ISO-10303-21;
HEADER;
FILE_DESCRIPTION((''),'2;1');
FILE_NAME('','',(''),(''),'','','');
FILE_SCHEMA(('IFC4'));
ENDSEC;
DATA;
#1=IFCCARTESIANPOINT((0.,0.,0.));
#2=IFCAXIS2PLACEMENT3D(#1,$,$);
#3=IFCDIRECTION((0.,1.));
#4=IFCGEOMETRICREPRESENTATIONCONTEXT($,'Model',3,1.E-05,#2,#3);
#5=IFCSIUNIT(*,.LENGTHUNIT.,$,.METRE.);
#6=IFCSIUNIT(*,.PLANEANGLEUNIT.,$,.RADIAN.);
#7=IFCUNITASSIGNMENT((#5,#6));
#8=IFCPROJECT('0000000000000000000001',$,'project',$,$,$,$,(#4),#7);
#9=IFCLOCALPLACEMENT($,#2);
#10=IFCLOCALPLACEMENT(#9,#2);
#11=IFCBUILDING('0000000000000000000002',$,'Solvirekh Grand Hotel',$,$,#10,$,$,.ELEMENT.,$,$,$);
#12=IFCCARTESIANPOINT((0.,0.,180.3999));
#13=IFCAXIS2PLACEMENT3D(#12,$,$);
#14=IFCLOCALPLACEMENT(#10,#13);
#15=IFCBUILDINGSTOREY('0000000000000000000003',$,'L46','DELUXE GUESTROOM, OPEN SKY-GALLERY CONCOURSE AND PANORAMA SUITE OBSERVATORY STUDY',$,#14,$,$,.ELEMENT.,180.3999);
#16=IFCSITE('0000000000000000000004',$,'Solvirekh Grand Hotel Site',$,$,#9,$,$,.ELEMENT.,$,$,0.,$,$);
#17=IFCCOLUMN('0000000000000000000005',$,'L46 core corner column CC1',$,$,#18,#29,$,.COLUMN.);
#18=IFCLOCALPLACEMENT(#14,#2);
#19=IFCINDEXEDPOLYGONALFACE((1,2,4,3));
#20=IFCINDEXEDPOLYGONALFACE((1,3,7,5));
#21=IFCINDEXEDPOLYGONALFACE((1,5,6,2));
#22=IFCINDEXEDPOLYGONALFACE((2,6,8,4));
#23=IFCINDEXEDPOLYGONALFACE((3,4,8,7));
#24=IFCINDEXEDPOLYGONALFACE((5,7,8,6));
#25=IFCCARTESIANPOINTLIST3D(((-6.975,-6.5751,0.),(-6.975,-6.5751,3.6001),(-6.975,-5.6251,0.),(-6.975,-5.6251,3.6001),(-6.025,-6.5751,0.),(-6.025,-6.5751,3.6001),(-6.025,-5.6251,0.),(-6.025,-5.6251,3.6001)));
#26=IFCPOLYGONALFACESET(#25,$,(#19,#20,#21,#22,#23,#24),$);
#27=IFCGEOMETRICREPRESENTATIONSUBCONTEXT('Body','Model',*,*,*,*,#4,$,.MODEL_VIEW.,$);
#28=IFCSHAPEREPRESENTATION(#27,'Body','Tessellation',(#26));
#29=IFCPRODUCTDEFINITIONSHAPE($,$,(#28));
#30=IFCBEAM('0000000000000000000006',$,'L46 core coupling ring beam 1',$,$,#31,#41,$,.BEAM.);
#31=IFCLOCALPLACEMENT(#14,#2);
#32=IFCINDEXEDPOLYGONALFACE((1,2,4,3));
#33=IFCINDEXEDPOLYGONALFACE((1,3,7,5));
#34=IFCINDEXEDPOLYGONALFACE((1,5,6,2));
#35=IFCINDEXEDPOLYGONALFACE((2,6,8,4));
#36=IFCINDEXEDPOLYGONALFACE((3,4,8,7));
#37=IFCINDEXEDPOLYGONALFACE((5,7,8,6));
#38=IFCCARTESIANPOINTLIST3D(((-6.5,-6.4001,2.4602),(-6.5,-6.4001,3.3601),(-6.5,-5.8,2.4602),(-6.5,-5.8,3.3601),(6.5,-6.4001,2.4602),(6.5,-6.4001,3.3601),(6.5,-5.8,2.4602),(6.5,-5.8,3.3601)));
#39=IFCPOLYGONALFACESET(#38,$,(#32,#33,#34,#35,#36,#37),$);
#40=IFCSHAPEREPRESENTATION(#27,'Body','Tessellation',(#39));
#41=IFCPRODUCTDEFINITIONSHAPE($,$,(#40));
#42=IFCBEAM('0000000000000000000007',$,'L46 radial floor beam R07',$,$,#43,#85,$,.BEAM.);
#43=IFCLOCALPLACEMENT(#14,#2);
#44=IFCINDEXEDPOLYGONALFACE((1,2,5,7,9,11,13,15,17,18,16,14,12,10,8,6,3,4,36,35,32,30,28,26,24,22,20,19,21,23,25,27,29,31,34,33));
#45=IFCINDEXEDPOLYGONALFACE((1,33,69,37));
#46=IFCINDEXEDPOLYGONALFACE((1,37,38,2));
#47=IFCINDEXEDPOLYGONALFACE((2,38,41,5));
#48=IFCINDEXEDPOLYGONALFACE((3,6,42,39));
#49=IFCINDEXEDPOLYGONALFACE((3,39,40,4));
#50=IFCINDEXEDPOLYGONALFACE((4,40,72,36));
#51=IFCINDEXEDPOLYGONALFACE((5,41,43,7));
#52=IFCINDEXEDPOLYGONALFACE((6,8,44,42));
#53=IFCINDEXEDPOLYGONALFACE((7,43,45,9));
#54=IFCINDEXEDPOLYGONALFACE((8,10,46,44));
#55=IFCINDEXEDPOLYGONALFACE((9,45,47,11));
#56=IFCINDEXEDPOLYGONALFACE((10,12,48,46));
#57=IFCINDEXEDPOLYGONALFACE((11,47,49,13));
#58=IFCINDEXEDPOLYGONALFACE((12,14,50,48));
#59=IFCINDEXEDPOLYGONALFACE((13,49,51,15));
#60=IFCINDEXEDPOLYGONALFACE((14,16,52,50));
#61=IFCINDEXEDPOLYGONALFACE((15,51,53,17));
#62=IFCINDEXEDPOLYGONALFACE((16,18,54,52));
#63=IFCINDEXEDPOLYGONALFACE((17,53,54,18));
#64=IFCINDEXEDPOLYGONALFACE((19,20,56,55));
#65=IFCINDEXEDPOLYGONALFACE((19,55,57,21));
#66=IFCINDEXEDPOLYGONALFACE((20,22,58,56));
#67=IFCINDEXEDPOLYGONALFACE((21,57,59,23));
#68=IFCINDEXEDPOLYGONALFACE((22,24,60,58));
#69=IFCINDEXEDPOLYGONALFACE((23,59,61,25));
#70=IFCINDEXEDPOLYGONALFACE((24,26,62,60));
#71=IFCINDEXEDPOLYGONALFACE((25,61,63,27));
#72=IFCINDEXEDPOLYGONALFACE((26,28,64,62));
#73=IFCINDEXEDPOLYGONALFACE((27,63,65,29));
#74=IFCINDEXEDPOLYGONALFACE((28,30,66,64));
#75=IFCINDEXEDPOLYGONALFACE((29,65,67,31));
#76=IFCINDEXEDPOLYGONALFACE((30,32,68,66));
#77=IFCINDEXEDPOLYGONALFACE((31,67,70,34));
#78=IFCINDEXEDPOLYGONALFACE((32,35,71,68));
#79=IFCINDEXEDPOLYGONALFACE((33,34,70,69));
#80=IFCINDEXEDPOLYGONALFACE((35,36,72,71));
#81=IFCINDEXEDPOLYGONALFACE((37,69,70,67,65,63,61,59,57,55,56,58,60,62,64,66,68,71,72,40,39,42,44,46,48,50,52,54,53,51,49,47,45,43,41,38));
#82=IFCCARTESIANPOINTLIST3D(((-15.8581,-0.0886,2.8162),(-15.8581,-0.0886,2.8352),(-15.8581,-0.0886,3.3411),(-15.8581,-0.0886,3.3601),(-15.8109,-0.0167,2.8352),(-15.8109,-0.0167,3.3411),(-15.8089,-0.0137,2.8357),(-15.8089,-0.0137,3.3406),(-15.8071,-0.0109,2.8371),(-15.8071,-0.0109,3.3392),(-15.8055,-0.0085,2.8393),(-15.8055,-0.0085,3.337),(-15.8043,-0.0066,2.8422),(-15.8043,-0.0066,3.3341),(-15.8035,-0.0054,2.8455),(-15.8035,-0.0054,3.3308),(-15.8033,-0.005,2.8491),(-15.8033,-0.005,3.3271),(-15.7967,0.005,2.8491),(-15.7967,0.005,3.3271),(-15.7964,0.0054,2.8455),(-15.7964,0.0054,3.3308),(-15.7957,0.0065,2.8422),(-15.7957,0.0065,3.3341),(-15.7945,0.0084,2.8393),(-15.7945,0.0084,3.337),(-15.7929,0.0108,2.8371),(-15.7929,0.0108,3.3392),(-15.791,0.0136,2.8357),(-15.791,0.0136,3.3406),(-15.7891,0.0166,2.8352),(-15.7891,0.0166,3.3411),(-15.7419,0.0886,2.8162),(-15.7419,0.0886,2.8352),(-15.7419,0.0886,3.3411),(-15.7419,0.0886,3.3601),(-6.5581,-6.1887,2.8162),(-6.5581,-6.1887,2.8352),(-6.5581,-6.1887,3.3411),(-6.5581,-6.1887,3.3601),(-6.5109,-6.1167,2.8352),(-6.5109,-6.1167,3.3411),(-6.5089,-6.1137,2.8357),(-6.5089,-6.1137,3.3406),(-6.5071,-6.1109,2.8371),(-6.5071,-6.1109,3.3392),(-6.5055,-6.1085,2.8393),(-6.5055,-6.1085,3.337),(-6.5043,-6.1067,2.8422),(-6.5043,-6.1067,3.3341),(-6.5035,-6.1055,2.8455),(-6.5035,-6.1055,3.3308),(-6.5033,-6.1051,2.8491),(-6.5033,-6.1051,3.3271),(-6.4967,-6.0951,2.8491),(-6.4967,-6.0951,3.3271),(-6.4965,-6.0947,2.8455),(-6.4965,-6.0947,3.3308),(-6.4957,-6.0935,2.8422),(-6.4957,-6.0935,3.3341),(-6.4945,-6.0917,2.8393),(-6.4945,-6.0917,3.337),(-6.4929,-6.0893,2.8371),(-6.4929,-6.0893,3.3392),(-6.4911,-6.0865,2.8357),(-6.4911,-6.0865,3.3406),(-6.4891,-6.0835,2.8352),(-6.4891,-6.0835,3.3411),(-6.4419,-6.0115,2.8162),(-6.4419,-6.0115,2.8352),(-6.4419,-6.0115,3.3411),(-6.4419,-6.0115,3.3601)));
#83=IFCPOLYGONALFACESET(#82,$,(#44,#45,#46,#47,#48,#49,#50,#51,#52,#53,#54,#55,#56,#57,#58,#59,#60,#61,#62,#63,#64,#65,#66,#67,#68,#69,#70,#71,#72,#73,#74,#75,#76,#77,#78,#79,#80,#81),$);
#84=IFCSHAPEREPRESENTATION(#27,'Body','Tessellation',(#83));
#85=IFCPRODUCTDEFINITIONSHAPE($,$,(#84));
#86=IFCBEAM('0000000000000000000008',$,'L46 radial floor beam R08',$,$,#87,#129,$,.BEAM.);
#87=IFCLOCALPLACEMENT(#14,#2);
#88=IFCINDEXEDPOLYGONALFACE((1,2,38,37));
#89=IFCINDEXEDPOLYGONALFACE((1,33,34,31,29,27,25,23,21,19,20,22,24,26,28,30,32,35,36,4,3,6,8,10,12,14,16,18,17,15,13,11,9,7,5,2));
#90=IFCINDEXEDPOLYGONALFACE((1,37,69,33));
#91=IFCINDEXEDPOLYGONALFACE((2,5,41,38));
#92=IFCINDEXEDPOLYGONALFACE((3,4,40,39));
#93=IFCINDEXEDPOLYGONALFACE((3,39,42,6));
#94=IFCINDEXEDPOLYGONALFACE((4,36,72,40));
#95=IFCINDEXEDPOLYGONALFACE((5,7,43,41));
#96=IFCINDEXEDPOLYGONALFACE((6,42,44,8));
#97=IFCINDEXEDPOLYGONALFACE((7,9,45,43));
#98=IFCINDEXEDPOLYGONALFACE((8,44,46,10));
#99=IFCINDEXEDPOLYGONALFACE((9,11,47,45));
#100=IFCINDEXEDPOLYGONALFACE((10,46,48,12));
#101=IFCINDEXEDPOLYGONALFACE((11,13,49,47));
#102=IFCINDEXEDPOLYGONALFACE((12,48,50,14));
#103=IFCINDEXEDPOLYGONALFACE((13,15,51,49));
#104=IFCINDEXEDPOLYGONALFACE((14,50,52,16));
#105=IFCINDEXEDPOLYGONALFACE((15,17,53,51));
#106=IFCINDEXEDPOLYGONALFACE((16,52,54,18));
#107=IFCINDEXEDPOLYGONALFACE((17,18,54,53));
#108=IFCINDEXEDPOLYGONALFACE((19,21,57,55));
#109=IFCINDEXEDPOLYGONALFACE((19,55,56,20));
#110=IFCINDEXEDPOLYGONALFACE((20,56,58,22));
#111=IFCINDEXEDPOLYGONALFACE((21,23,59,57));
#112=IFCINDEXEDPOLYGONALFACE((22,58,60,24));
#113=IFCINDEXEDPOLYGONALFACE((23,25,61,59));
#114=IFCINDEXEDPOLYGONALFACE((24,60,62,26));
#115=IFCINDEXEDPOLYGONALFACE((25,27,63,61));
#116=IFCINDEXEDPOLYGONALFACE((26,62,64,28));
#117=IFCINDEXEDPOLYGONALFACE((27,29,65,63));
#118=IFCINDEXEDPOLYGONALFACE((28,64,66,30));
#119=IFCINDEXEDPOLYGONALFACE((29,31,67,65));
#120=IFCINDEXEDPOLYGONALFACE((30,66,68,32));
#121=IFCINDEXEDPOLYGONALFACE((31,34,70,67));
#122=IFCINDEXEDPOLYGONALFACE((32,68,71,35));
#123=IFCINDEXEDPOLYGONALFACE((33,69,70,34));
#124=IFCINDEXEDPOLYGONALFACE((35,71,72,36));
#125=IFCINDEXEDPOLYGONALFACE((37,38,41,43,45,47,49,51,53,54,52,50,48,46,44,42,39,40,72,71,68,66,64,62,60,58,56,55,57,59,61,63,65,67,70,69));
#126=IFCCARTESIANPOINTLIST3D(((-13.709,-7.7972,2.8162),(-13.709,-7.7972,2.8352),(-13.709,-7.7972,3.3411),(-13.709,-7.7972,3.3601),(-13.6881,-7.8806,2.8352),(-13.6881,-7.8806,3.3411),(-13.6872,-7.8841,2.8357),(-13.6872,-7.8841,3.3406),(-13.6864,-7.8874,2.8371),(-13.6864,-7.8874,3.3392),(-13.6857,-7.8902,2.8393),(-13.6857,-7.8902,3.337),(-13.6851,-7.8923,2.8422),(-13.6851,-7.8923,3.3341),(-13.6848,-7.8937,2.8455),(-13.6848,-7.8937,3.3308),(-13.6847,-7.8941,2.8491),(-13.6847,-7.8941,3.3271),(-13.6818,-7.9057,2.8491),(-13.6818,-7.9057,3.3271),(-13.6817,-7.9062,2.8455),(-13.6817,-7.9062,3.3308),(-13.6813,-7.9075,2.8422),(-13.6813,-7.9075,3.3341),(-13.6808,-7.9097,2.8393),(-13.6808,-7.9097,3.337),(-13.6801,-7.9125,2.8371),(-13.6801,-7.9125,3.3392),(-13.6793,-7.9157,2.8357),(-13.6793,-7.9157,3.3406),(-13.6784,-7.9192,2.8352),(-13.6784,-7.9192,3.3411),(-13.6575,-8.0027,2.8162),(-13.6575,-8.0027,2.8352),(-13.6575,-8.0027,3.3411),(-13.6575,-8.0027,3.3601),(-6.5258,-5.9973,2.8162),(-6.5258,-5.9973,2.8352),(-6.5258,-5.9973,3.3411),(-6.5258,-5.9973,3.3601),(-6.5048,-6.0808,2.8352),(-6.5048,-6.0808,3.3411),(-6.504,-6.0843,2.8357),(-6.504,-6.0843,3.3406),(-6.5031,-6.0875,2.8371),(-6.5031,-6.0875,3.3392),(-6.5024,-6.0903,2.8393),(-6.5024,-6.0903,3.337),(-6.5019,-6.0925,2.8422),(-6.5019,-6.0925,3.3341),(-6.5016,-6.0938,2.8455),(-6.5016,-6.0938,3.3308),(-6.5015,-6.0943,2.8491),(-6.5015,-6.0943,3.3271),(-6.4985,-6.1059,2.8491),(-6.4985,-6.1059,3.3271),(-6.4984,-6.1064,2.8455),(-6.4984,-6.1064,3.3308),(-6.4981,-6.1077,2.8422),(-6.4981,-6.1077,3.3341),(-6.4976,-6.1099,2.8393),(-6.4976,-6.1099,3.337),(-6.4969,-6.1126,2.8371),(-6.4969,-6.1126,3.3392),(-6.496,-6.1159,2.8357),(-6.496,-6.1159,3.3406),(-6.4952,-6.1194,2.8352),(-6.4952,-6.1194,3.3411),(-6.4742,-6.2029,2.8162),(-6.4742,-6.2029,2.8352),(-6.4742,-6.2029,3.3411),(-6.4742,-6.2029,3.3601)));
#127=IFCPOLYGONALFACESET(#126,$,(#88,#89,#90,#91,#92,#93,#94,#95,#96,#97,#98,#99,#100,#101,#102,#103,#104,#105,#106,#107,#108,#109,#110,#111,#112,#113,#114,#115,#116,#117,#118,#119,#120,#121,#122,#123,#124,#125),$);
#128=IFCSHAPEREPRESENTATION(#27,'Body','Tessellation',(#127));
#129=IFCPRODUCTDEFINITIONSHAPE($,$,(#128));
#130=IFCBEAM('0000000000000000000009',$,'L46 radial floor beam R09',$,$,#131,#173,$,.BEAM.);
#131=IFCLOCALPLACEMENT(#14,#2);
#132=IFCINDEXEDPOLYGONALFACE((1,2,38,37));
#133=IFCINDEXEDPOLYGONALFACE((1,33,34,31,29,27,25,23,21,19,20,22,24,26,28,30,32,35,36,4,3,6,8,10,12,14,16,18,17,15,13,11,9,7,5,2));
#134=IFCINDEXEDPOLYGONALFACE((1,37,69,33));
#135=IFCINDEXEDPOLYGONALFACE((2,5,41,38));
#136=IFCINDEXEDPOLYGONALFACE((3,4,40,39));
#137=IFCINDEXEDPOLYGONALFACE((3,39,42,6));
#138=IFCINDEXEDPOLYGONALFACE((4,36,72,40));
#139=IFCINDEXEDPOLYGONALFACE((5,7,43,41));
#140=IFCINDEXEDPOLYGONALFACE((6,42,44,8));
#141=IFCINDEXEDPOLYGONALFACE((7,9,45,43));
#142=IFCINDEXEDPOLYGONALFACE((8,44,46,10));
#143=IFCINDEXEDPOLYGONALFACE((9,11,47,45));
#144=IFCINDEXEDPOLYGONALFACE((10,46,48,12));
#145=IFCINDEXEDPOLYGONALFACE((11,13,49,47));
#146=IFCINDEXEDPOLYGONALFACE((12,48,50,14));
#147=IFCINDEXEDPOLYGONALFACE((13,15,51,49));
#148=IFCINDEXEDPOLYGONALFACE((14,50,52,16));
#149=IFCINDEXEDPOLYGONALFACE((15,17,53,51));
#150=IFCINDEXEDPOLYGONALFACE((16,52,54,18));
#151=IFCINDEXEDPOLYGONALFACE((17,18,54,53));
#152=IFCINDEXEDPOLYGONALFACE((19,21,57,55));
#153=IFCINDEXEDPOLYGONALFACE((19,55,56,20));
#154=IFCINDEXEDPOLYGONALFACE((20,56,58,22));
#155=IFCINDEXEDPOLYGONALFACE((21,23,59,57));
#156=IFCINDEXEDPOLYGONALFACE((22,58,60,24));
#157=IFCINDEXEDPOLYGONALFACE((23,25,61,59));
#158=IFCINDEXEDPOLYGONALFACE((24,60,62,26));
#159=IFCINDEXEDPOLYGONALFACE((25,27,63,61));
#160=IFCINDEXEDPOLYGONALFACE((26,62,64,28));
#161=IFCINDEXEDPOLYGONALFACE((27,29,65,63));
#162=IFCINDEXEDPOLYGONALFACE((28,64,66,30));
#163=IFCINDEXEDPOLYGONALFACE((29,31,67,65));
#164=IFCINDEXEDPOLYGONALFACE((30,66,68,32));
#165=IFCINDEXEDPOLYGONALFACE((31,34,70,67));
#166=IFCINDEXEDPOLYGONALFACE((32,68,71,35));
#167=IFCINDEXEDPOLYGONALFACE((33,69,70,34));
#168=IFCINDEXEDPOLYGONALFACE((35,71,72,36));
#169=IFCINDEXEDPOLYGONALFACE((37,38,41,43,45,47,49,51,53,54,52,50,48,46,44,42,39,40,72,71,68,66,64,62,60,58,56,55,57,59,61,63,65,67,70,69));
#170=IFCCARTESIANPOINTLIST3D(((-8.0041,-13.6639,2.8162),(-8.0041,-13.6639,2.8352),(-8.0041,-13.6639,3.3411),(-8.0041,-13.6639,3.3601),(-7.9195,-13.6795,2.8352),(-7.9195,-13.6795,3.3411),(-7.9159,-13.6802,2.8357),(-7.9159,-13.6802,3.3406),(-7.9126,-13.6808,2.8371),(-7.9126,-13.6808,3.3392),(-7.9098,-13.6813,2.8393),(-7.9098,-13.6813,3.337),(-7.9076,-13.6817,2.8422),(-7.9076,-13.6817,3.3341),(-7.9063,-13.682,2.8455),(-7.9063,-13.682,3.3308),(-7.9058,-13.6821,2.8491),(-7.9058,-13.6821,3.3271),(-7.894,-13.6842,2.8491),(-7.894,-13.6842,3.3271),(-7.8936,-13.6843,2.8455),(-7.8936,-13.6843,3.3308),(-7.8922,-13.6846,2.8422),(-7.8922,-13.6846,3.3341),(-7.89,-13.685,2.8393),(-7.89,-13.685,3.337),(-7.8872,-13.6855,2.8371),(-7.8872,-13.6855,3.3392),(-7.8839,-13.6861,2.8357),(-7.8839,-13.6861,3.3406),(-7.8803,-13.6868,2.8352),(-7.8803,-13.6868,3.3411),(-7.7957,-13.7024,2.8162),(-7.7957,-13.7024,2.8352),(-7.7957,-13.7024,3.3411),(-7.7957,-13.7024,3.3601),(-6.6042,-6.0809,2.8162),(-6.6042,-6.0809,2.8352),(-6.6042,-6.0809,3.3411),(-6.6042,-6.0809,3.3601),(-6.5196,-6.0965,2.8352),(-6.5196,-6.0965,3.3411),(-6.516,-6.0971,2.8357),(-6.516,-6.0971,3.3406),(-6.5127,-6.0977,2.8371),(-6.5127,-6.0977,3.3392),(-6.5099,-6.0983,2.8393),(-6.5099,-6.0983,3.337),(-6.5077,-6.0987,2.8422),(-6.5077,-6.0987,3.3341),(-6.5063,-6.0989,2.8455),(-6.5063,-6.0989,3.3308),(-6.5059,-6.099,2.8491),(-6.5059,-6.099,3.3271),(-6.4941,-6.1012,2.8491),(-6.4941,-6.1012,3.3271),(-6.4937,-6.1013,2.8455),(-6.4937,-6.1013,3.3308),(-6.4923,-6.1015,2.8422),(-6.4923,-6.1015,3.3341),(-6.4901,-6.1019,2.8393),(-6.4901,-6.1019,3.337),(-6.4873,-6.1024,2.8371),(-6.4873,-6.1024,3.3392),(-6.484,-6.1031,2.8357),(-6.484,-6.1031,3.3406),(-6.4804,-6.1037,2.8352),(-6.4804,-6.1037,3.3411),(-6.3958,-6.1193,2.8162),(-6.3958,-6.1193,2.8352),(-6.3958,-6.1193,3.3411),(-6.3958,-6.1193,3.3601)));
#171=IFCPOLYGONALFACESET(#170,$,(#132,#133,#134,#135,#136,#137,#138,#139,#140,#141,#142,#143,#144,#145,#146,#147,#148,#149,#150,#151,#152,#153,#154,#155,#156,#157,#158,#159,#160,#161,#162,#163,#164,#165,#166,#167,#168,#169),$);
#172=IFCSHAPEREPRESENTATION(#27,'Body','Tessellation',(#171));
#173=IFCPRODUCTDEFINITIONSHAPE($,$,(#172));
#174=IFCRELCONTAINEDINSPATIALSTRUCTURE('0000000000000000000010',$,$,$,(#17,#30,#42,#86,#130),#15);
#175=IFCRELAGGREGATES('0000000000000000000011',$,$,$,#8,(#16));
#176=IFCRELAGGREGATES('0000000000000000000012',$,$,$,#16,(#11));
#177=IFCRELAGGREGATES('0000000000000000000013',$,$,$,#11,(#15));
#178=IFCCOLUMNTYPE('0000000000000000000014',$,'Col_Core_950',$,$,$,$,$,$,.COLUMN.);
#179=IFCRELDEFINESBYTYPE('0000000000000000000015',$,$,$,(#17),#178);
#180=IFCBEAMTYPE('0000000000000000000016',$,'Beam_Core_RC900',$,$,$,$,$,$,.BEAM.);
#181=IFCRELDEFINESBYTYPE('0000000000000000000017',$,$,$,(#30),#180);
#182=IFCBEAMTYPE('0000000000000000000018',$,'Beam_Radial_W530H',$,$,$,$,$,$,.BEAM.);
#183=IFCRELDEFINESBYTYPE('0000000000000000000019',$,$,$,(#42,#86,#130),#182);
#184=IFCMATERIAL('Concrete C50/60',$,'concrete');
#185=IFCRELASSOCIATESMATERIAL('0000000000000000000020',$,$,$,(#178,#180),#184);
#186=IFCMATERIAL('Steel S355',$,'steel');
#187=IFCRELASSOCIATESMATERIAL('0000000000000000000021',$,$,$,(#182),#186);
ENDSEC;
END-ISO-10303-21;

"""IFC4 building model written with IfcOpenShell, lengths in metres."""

from ifc_helpers import new_model, si_unit, direction, frame, origin, origin_2d, place, context, subcontext, project, spatial, rectangle, i_section, extrude, material, material_profile, profile_set, type_object, element, save


model = new_model("IFC4")

# Units and contexts
model_context = context("Model", 3, precision=1e-05, world=origin(), true_north=direction((0.0, 1.0)))
body_context = subcontext(model_context, "Body", "Model", "MODEL_VIEW")
ifc_project = project(units=[si_unit("LENGTHUNIT", "METRE"), si_unit("PLANEANGLEUNIT", "RADIAN")], contexts=[model_context])

# Site, building, storey
site_placement = place(None, origin())
site = spatial("IfcSite", under=ifc_project, at=site_placement, Name="Solvirekh Grand Hotel Site", CompositionType="ELEMENT", RefElevation=0.0)
building_placement = place(site_placement, origin())
building = spatial("IfcBuilding", under=site, at=building_placement, Name="Solvirekh Grand Hotel", CompositionType="ELEMENT")
storey_placement = place(building_placement, frame((0.0, 0.0, 180.3999)))
storey = spatial("IfcBuildingStorey", under=building, at=storey_placement, Name="L46", Description="DELUXE GUESTROOM, OPEN SKY-GALLERY CONCOURSE AND PANORAMA SUITE OBSERVATORY STUDY", CompositionType="ELEMENT", Elevation=180.3999)

# Column
ifc_material_1 = material(Name="Concrete C50/60", Category="concrete")
ifc_material_profile_1 = material_profile(ifc_material_1, rectangle(XDim=0.95, YDim=0.95, at=origin_2d()), Name="RC 950X950")
ifc_profile_set_1 = profile_set([ifc_material_profile_1], Name="Concrete C50/60")
column_type = type_object("IfcColumnType", Name="Col_Core_950", PredefinedType="COLUMN", material=ifc_profile_set_1)
column_placement = place(storey_placement, frame((-6.5, -6.1001, 0.0), z_axis=(0.0, 0.0, 1.0), x_axis=(1.0, 0.0, 0.0)))
element("IfcColumn", 1, at=column_placement, inside=storey, type_object=column_type, Name="L46 core corner column CC1", PredefinedType="COLUMN", context=body_context, shape_type="SweptSolid", body=[
    extrude(rectangle(XDim=0.95, YDim=0.95, at=origin_2d()), origin(), (0.0, 0.0, 1.0), 3.6001),
])

# Beams
ifc_material_profile_2 = material_profile(ifc_material_1, rectangle(XDim=0.6001, YDim=0.8999, at=origin_2d()), Name="RC BEAM 600X900")
ifc_profile_set_2 = profile_set([ifc_material_profile_2], Name="Concrete C50/60")
beam_type_1 = type_object("IfcBeamType", Name="Beam_Core_RC900", PredefinedType="BEAM", material=ifc_profile_set_2)
beam_1_placement = place(storey_placement, frame((-6.5, -6.1001, 2.9102), z_axis=(1.0, 0.0, 0.0), x_axis=(0.0, 1.0, 0.0)))
element("IfcBeam", 2, at=beam_1_placement, inside=storey, type_object=beam_type_1, Name="L46 core coupling ring beam 1", PredefinedType="BEAM", context=body_context, shape_type="SweptSolid", body=[
    extrude(rectangle(XDim=0.6001, YDim=0.8999, at=origin_2d()), origin(), (0.0, 0.0, 1.0), 13.0),
])
ifc_material_2 = material(Name="Steel S355", Category="steel")
ifc_material_profile_3 = material_profile(ifc_material_2, i_section(OverallWidth=0.2119, OverallDepth=0.5439, WebThickness=0.012, FlangeThickness=0.019, FilletRadius=0.0139, at=origin_2d()), Name="W530X123")
ifc_profile_set_3 = profile_set([ifc_material_profile_3], Name="Steel S355")
beam_type_2 = type_object("IfcBeamType", Name="Beam_Radial_W530H", PredefinedType="BEAM", material=ifc_profile_set_3)
beam_2_placement = place(storey_placement, frame((-6.5, -6.1001, 3.0881), z_axis=(-0.836174, 0.548464, 0.0), x_axis=(-0.548464, -0.836174, 0.0)))
element("IfcBeam", 3, at=beam_2_placement, inside=storey, type_object=beam_type_2, Name="L46 radial floor beam R07", PredefinedType="BEAM", context=body_context, shape_type="SweptSolid", body=[
    extrude(i_section(OverallWidth=0.2119, OverallDepth=0.5439, WebThickness=0.012, FlangeThickness=0.019, FilletRadius=0.0139, at=origin_2d()), origin(), (0.0, 0.0, 1.0), 11.1221),
])
beam_3_placement = place(storey_placement, frame((-6.5, -6.1001, 3.0881), z_axis=(-0.970014, -0.243048, 0.0), x_axis=(0.243048, -0.970014, 0.0)))
element("IfcBeam", 4, at=beam_3_placement, inside=storey, type_object=beam_type_2, Name="L46 radial floor beam R08", PredefinedType="BEAM", context=body_context, shape_type="SweptSolid", body=[
    extrude(i_section(OverallWidth=0.2119, OverallDepth=0.5439, WebThickness=0.012, FlangeThickness=0.019, FilletRadius=0.0139, at=origin_2d()), origin(), (0.0, 0.0, 1.0), 7.4053),
])
beam_4_placement = place(storey_placement, frame((-6.5, -6.1001, 3.0881), z_axis=(-0.181543, -0.983383, 0.0), x_axis=(0.983383, -0.181543, 0.0)))
element("IfcBeam", 5, at=beam_4_placement, inside=storey, type_object=beam_type_2, Name="L46 radial floor beam R09", PredefinedType="BEAM", context=body_context, shape_type="SweptSolid", body=[
    extrude(i_section(OverallWidth=0.2119, OverallDepth=0.5439, WebThickness=0.012, FlangeThickness=0.019, FilletRadius=0.0139, at=origin_2d()), origin(), (0.0, 0.0, 1.0), 7.7112),
])

save(model, "model.ifc")
